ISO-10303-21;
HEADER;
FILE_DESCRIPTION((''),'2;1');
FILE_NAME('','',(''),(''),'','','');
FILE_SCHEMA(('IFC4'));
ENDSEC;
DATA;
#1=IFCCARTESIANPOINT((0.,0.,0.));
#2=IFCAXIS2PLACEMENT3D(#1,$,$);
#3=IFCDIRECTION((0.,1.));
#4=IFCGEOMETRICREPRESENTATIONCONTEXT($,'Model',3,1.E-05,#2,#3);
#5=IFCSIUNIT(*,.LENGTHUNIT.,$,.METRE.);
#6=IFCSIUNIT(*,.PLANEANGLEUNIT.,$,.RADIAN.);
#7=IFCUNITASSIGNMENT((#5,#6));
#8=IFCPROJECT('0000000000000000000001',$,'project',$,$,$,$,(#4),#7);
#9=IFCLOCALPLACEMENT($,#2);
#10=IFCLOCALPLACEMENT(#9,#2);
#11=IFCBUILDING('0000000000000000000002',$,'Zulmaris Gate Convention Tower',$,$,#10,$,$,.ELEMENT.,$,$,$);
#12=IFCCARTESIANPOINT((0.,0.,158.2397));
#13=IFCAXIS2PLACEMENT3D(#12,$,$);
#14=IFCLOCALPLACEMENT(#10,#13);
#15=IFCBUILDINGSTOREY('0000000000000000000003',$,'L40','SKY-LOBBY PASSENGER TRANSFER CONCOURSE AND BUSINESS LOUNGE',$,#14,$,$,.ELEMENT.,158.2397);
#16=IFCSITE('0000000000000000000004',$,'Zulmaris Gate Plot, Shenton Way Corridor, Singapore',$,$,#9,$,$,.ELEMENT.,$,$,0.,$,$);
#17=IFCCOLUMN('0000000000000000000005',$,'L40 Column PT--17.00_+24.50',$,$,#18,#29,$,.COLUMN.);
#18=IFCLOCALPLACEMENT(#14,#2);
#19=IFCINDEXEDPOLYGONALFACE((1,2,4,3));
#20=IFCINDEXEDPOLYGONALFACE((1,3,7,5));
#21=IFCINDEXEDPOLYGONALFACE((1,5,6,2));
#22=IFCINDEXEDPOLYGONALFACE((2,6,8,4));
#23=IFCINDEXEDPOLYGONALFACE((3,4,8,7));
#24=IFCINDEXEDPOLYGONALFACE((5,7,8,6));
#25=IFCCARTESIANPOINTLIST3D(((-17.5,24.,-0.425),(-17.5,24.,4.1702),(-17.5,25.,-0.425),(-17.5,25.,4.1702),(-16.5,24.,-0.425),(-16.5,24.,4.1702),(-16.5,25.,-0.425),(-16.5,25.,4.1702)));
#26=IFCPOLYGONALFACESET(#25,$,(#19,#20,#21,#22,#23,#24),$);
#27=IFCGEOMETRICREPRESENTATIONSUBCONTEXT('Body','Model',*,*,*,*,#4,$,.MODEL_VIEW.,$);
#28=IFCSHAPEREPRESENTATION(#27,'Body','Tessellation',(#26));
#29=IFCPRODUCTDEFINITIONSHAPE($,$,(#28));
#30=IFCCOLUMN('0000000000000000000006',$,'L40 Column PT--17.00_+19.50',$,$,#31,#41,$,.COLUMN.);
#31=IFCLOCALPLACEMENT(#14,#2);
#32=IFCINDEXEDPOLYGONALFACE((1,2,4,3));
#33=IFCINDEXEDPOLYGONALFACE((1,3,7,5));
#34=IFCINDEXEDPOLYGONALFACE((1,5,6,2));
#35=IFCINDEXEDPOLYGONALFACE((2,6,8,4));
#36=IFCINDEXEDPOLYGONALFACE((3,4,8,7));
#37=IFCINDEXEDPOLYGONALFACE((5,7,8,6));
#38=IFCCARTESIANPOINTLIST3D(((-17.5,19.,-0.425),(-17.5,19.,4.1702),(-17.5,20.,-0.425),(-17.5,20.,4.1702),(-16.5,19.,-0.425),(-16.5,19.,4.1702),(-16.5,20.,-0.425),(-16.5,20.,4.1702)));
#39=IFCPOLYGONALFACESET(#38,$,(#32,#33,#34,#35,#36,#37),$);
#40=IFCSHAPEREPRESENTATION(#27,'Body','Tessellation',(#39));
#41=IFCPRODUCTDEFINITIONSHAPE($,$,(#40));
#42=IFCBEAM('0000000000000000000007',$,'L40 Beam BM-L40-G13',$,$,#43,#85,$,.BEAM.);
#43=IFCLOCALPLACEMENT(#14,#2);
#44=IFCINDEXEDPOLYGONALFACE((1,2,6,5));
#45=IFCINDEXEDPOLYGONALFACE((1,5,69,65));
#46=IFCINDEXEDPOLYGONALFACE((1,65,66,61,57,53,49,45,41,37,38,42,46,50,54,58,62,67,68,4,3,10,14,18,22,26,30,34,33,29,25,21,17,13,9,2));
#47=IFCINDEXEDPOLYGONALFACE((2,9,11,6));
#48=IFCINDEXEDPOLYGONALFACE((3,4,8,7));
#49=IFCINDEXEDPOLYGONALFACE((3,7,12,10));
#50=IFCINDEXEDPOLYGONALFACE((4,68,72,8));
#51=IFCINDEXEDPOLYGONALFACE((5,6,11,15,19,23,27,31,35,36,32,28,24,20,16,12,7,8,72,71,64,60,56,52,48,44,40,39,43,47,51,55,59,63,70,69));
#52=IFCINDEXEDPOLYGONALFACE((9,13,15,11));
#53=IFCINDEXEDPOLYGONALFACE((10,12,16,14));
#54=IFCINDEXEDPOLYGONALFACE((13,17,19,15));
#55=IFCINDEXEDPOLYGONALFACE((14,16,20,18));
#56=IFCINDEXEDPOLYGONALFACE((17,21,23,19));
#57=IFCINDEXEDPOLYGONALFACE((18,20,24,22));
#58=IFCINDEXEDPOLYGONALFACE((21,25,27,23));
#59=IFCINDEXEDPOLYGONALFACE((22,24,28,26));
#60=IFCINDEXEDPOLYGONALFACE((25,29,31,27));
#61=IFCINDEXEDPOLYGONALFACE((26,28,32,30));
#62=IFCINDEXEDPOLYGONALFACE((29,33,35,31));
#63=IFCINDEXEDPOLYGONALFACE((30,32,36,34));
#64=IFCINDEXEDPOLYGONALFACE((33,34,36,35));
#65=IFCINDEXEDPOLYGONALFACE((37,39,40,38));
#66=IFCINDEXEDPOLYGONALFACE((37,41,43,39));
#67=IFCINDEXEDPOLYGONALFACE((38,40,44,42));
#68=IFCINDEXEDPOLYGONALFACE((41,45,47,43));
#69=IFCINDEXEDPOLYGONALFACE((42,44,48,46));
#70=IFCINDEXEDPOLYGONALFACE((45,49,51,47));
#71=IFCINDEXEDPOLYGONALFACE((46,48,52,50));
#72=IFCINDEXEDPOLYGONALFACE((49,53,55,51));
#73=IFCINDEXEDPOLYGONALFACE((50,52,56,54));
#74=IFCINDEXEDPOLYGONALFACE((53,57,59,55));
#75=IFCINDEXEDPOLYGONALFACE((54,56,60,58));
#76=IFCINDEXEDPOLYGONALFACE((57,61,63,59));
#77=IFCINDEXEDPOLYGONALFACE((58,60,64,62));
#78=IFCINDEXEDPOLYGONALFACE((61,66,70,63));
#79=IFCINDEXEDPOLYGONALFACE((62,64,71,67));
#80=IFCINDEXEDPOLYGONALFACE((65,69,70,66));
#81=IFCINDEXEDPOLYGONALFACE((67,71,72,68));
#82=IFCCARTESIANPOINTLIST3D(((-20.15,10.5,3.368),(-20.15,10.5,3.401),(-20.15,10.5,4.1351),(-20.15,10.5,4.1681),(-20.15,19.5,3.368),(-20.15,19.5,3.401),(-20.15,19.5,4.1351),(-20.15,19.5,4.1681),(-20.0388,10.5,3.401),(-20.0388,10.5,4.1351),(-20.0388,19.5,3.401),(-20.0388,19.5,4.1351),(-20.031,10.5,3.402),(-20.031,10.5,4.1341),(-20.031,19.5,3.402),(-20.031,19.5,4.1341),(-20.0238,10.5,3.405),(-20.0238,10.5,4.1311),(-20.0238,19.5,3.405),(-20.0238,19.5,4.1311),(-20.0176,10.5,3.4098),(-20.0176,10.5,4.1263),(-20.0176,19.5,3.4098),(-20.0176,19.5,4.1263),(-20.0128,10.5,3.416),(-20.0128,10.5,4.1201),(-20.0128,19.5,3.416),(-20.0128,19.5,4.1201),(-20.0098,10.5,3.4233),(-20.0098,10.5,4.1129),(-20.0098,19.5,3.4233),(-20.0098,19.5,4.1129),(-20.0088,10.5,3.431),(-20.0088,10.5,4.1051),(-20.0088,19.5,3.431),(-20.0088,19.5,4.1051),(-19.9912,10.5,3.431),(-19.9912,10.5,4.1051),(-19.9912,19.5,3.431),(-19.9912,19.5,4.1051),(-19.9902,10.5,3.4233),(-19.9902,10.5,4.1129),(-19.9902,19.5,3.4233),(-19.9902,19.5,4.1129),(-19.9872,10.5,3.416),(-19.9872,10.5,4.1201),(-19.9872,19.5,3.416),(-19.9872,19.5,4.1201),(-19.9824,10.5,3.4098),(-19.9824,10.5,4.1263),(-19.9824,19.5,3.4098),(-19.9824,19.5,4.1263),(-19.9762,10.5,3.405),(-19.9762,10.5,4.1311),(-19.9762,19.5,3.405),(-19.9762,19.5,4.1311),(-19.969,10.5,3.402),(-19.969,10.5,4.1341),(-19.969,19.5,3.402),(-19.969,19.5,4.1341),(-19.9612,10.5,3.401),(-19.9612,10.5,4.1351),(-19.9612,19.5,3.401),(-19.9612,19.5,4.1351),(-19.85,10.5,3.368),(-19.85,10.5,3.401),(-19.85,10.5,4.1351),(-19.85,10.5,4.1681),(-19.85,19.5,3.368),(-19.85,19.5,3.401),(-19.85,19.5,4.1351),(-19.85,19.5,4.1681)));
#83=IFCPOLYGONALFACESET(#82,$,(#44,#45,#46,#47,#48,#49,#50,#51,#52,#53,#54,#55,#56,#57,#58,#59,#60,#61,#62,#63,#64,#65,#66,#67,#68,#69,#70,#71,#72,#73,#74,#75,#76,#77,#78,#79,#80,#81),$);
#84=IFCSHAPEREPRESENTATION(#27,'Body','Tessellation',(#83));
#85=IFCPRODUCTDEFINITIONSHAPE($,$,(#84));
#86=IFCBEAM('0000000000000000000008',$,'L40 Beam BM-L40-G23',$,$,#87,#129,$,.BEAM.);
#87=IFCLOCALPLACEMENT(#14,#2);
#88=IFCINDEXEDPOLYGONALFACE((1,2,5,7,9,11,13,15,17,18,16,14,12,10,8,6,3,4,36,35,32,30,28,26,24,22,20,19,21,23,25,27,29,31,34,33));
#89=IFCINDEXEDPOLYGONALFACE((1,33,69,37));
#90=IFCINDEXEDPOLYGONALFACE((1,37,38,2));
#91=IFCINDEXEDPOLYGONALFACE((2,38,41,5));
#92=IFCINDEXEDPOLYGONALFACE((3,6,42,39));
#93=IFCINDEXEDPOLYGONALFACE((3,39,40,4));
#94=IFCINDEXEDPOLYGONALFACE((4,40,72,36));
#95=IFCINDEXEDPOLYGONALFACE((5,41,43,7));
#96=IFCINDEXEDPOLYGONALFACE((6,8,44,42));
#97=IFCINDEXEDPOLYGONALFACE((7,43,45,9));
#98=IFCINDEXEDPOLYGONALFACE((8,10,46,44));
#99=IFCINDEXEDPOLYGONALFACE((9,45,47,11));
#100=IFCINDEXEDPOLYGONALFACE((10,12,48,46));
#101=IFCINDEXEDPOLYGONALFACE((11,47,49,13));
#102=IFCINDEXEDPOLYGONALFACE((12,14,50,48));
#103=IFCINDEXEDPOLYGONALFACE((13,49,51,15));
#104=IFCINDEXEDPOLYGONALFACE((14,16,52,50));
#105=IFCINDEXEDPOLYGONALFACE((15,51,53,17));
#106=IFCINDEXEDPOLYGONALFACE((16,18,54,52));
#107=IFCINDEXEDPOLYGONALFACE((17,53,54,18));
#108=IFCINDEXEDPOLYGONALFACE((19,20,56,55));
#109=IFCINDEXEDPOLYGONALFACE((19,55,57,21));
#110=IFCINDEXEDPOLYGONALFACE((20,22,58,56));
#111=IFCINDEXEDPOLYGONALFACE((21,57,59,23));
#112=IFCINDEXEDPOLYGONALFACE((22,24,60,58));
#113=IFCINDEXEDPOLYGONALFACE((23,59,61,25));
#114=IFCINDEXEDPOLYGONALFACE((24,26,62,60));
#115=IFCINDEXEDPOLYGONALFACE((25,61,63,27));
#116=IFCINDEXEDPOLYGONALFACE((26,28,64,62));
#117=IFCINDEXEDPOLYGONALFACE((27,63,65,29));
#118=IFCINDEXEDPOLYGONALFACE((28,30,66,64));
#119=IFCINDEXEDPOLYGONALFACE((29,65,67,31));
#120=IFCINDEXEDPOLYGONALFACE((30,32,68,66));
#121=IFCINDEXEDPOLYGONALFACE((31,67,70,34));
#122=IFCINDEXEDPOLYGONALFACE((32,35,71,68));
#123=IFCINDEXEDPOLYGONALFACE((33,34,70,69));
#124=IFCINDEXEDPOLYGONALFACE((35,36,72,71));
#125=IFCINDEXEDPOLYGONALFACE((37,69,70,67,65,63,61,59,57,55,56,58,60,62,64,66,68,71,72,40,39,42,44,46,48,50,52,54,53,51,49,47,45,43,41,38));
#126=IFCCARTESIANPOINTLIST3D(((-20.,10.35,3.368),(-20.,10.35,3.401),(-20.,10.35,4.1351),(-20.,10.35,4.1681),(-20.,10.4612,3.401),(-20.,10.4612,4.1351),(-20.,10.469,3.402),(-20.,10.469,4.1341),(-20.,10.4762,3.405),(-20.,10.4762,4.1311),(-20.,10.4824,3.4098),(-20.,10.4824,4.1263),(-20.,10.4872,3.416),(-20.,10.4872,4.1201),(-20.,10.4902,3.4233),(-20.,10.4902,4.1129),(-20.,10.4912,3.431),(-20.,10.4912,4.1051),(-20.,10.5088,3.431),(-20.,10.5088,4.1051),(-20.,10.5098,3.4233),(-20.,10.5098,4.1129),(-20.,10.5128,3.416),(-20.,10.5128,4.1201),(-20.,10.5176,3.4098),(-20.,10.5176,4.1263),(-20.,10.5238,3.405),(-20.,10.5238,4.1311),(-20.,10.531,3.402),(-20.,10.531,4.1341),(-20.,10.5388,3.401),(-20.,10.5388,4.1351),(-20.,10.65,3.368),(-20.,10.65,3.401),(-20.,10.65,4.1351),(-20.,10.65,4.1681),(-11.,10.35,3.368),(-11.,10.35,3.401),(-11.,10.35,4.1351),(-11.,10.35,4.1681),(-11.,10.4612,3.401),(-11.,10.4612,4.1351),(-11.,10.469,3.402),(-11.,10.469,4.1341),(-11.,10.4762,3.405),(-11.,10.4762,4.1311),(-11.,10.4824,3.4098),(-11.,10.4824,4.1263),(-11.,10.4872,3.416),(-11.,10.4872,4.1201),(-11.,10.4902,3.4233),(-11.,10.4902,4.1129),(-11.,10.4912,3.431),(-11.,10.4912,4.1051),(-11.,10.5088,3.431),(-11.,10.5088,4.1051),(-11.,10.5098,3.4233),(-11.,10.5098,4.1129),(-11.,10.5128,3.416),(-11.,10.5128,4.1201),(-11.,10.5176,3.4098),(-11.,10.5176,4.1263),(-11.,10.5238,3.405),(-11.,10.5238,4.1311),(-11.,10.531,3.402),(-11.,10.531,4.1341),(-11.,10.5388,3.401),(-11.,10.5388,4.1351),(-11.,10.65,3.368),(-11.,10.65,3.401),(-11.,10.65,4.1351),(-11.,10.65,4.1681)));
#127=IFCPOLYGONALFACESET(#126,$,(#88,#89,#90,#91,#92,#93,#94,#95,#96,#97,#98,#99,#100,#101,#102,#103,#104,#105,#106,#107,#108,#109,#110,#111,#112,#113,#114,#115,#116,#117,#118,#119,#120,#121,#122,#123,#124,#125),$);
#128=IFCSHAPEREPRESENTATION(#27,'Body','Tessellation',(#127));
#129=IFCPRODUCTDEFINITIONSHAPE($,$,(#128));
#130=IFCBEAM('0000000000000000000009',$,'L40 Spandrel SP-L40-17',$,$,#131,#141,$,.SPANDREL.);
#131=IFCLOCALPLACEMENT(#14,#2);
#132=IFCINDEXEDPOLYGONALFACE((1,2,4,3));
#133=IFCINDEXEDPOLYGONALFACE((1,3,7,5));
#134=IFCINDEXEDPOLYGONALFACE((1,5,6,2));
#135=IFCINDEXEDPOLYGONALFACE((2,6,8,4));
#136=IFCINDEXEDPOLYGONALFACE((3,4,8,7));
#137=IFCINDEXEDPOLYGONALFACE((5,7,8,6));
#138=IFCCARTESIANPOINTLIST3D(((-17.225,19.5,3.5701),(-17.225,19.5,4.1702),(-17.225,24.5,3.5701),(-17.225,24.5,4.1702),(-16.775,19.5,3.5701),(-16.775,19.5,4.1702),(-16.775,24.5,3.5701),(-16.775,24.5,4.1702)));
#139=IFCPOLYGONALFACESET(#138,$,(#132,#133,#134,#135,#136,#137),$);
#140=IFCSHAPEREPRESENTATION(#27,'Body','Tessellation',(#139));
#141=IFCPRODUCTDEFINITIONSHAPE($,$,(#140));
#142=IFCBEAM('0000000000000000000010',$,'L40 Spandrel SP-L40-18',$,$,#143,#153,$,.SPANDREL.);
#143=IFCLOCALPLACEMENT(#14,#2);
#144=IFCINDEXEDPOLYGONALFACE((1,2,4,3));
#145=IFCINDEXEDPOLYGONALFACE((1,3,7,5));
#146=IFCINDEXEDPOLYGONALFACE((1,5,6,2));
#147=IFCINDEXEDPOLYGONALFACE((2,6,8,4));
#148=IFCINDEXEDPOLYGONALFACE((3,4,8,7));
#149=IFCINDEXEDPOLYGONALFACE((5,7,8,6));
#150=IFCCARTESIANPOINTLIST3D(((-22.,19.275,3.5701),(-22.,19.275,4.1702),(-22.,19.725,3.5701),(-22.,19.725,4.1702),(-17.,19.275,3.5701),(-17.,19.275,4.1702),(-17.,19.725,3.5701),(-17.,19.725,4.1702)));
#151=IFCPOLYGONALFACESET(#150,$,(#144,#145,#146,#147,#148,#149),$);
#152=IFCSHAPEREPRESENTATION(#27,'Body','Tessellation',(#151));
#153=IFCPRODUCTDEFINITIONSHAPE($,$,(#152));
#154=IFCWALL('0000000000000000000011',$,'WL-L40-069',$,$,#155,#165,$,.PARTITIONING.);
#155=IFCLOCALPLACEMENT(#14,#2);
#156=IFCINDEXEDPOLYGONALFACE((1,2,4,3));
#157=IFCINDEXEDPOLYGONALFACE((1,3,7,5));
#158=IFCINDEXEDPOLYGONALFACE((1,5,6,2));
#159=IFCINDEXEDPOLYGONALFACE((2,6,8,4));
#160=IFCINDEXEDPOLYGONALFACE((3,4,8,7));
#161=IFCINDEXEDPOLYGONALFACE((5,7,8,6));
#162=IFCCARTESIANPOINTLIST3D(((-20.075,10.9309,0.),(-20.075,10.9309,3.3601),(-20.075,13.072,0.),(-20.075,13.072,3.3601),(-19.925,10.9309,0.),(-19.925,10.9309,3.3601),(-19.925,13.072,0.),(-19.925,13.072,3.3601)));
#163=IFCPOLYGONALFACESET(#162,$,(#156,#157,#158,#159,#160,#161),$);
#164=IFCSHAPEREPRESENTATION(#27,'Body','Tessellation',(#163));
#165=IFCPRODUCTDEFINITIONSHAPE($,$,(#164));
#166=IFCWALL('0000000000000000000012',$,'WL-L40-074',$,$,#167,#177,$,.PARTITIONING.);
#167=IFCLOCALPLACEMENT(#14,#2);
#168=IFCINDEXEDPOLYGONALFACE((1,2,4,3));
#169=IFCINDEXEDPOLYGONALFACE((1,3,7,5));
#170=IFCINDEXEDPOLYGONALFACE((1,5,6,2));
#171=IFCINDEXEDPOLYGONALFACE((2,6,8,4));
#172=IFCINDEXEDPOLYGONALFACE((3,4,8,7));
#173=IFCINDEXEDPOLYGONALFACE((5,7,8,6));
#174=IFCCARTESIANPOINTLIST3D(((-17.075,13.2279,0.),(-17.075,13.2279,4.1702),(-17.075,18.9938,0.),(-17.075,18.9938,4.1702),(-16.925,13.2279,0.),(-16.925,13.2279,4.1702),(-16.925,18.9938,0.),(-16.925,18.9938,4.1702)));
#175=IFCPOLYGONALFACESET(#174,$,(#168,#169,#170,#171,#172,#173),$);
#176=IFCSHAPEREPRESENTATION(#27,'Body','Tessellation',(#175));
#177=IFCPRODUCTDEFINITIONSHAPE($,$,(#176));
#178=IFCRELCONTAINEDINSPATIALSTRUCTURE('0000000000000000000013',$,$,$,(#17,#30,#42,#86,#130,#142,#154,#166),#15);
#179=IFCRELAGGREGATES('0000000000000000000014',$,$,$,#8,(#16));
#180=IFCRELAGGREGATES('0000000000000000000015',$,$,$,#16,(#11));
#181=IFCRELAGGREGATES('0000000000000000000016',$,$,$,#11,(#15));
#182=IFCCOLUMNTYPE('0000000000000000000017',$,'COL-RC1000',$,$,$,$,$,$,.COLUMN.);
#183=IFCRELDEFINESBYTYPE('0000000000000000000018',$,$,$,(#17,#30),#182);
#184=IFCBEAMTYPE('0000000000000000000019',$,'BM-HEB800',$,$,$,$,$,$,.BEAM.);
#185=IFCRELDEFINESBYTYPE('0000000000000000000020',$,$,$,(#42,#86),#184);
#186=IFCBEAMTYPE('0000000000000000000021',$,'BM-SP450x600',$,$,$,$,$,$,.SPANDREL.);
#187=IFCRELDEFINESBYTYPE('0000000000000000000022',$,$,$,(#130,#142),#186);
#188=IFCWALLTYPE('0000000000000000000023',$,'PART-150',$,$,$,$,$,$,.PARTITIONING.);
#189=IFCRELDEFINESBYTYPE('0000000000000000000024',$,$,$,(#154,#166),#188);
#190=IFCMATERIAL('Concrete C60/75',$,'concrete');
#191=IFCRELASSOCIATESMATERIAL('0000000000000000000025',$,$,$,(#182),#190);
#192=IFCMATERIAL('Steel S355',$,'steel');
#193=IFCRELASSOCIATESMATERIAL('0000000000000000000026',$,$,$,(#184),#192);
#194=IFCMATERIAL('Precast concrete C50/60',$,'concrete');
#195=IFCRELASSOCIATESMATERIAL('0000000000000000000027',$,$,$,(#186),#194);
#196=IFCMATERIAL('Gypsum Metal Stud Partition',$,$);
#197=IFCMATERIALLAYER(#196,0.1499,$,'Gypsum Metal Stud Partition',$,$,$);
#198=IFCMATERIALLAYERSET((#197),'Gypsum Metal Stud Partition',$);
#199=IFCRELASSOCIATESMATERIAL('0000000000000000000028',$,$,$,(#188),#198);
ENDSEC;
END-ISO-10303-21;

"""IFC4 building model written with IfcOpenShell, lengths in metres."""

from ifc_helpers import new_model, si_unit, direction, frame, frame_2d, origin, origin_2d, place, context, subcontext, project, spatial, rectangle, i_section, extrude, material, layer, layer_set, material_profile, profile_set, type_object, element, save


model = new_model("IFC4")

# Units and contexts
model_context = context("Model", 3, precision=1e-05, world=origin(), true_north=direction((0.0, 1.0)))
body_context = subcontext(model_context, "Body", "Model", "MODEL_VIEW")
ifc_project = project(units=[si_unit("LENGTHUNIT", "METRE"), si_unit("PLANEANGLEUNIT", "RADIAN")], contexts=[model_context])

# Site, building, storey
site_placement = place(None, origin())
site = spatial("IfcSite", under=ifc_project, at=site_placement, Name="Zulmaris Gate Plot, Shenton Way Corridor, Singapore", CompositionType="ELEMENT", RefElevation=0.0)
building_placement = place(site_placement, origin())
building = spatial("IfcBuilding", under=site, at=building_placement, Name="Zulmaris Gate Convention Tower", CompositionType="ELEMENT")
storey_placement = place(building_placement, frame((0.0, 0.0, 158.2397)))
storey = spatial("IfcBuildingStorey", under=building, at=storey_placement, Name="L40", Description="SKY-LOBBY PASSENGER TRANSFER CONCOURSE AND BUSINESS LOUNGE", CompositionType="ELEMENT", Elevation=158.2397)

# Columns
ifc_material_1 = material(Name="Concrete C60/75", Category="concrete")
ifc_material_profile_1 = material_profile(ifc_material_1, rectangle(XDim=1.0, YDim=1.0, at=origin_2d()), Name="RC COL 1000x1000")
ifc_profile_set_1 = profile_set([ifc_material_profile_1], Name="Concrete C60/75")
column_type = type_object("IfcColumnType", Name="COL-RC1000", PredefinedType="COLUMN", material=ifc_profile_set_1)
for number, where, z_axis, x_axis, name in (
    (1, (-17.0, 24.5, -0.425), (0.0, 0.0, 1.0), (1.0, 0.0, 0.0), "L40 Column PT--17.00_+24.50"),
    (2, (-17.0, 19.5, -0.425), (0.0, 0.0, 1.0), (1.0, 0.0, 0.0), "L40 Column PT--17.00_+19.50"),
):
    element("IfcColumn", number, at=place(storey_placement, frame(where, z_axis=z_axis, x_axis=x_axis)), inside=storey, type_object=column_type, Name=name, PredefinedType="COLUMN", context=body_context, shape_type="SweptSolid", body=[
        extrude(rectangle(XDim=1.0, YDim=1.0, at=origin_2d()), origin(), (0.0, 0.0, 1.0), 4.5952),
    ])

# Beams
ifc_material_2 = material(Name="Steel S355", Category="steel")
ifc_material_profile_2 = material_profile(ifc_material_2, i_section(OverallWidth=0.3, OverallDepth=0.8, WebThickness=0.0176, FlangeThickness=0.033, FilletRadius=0.03, at=origin_2d()), Name="HEB 800")
ifc_profile_set_2 = profile_set([ifc_material_profile_2], Name="Steel S355")
beam_type_1 = type_object("IfcBeamType", Name="BM-HEB800", PredefinedType="BEAM", material=ifc_profile_set_2)
for number, where, z_axis, x_axis, name in (
    (3, (-20.0, 10.5, 3.7681), (0.0, 1.0, 0.0), (-1.0, 0.0, 0.0), "L40 Beam BM-L40-G13"),
    (4, (-20.0, 10.5, 3.7681), (1.0, 0.0, 0.0), (0.0, 1.0, 0.0), "L40 Beam BM-L40-G23"),
):
    element("IfcBeam", number, at=place(storey_placement, frame(where, z_axis=z_axis, x_axis=x_axis)), inside=storey, type_object=beam_type_1, Name=name, PredefinedType="BEAM", context=body_context, shape_type="SweptSolid", body=[
        extrude(i_section(OverallWidth=0.3, OverallDepth=0.8, WebThickness=0.0176, FlangeThickness=0.033, FilletRadius=0.03, at=origin_2d()), origin(), (0.0, 0.0, 1.0), 9.0),
    ])
ifc_material_3 = material(Name="Precast concrete C50/60", Category="concrete")
ifc_material_profile_3 = material_profile(ifc_material_3, rectangle(XDim=0.45, YDim=0.6001, at=origin_2d()), Name="RC SPANDREL 450x600")
ifc_profile_set_3 = profile_set([ifc_material_profile_3], Name="Precast concrete C50/60")
beam_type_2 = type_object("IfcBeamType", Name="BM-SP450x600", PredefinedType="SPANDREL", material=ifc_profile_set_3)
for number, where, z_axis, x_axis, name in (
    (5, (-17.0, 24.5, 3.8701), (0.0, -1.0, 0.0), (1.0, 0.0, 0.0), "L40 Spandrel SP-L40-17"),
    (6, (-17.0, 19.5, 3.8701), (-1.0, 0.0, 0.0), (0.0, -1.0, 0.0), "L40 Spandrel SP-L40-18"),
):
    element("IfcBeam", number, at=place(storey_placement, frame(where, z_axis=z_axis, x_axis=x_axis)), inside=storey, type_object=beam_type_2, Name=name, PredefinedType="SPANDREL", context=body_context, shape_type="SweptSolid", body=[
        extrude(rectangle(XDim=0.45, YDim=0.6001, at=origin_2d()), origin(), (0.0, 0.0, 1.0), 5.0),
    ])

# Walls
ifc_material_4 = material(Name="Gypsum Metal Stud Partition")
ifc_layer_1 = layer(ifc_material_4, 0.1499, Name="Gypsum Metal Stud Partition")
ifc_layer_set_1 = layer_set([ifc_layer_1], Name="Gypsum Metal Stud Partition")
wall_type_1 = type_object("IfcWallType", Name="PART-150", PredefinedType="PARTITIONING", material=ifc_layer_set_1)
wall_1_placement = place(storey_placement, frame((-20.0, 10.9309, 0.0), z_axis=(0.0, 0.0, 1.0), x_axis=(0.0, 1.0, 0.0)))
element("IfcWall", 7, at=wall_1_placement, inside=storey, type_object=wall_type_1, Name="WL-L40-069", PredefinedType="PARTITIONING", context=body_context, shape_type="SweptSolid", body=[
    extrude(rectangle(XDim=2.1411, YDim=0.1499, at=frame_2d((1.0706, 0.0))), origin(), (0.0, 0.0, 1.0), 3.3601),
])
wall_2_placement = place(storey_placement, frame((-17.0, 13.228, 0.0), z_axis=(0.0, 0.0, 1.0), x_axis=(0.0, 1.0, 0.0)))
element("IfcWall", 8, at=wall_2_placement, inside=storey, type_object=wall_type_1, Name="WL-L40-074", PredefinedType="PARTITIONING", context=body_context, shape_type="SweptSolid", body=[
    extrude(rectangle(XDim=5.7659, YDim=0.1499, at=frame_2d((2.8828, 0.0))), origin(), (0.0, 0.0, 1.0), 4.1702),
])

save(model, "model.ifc")
